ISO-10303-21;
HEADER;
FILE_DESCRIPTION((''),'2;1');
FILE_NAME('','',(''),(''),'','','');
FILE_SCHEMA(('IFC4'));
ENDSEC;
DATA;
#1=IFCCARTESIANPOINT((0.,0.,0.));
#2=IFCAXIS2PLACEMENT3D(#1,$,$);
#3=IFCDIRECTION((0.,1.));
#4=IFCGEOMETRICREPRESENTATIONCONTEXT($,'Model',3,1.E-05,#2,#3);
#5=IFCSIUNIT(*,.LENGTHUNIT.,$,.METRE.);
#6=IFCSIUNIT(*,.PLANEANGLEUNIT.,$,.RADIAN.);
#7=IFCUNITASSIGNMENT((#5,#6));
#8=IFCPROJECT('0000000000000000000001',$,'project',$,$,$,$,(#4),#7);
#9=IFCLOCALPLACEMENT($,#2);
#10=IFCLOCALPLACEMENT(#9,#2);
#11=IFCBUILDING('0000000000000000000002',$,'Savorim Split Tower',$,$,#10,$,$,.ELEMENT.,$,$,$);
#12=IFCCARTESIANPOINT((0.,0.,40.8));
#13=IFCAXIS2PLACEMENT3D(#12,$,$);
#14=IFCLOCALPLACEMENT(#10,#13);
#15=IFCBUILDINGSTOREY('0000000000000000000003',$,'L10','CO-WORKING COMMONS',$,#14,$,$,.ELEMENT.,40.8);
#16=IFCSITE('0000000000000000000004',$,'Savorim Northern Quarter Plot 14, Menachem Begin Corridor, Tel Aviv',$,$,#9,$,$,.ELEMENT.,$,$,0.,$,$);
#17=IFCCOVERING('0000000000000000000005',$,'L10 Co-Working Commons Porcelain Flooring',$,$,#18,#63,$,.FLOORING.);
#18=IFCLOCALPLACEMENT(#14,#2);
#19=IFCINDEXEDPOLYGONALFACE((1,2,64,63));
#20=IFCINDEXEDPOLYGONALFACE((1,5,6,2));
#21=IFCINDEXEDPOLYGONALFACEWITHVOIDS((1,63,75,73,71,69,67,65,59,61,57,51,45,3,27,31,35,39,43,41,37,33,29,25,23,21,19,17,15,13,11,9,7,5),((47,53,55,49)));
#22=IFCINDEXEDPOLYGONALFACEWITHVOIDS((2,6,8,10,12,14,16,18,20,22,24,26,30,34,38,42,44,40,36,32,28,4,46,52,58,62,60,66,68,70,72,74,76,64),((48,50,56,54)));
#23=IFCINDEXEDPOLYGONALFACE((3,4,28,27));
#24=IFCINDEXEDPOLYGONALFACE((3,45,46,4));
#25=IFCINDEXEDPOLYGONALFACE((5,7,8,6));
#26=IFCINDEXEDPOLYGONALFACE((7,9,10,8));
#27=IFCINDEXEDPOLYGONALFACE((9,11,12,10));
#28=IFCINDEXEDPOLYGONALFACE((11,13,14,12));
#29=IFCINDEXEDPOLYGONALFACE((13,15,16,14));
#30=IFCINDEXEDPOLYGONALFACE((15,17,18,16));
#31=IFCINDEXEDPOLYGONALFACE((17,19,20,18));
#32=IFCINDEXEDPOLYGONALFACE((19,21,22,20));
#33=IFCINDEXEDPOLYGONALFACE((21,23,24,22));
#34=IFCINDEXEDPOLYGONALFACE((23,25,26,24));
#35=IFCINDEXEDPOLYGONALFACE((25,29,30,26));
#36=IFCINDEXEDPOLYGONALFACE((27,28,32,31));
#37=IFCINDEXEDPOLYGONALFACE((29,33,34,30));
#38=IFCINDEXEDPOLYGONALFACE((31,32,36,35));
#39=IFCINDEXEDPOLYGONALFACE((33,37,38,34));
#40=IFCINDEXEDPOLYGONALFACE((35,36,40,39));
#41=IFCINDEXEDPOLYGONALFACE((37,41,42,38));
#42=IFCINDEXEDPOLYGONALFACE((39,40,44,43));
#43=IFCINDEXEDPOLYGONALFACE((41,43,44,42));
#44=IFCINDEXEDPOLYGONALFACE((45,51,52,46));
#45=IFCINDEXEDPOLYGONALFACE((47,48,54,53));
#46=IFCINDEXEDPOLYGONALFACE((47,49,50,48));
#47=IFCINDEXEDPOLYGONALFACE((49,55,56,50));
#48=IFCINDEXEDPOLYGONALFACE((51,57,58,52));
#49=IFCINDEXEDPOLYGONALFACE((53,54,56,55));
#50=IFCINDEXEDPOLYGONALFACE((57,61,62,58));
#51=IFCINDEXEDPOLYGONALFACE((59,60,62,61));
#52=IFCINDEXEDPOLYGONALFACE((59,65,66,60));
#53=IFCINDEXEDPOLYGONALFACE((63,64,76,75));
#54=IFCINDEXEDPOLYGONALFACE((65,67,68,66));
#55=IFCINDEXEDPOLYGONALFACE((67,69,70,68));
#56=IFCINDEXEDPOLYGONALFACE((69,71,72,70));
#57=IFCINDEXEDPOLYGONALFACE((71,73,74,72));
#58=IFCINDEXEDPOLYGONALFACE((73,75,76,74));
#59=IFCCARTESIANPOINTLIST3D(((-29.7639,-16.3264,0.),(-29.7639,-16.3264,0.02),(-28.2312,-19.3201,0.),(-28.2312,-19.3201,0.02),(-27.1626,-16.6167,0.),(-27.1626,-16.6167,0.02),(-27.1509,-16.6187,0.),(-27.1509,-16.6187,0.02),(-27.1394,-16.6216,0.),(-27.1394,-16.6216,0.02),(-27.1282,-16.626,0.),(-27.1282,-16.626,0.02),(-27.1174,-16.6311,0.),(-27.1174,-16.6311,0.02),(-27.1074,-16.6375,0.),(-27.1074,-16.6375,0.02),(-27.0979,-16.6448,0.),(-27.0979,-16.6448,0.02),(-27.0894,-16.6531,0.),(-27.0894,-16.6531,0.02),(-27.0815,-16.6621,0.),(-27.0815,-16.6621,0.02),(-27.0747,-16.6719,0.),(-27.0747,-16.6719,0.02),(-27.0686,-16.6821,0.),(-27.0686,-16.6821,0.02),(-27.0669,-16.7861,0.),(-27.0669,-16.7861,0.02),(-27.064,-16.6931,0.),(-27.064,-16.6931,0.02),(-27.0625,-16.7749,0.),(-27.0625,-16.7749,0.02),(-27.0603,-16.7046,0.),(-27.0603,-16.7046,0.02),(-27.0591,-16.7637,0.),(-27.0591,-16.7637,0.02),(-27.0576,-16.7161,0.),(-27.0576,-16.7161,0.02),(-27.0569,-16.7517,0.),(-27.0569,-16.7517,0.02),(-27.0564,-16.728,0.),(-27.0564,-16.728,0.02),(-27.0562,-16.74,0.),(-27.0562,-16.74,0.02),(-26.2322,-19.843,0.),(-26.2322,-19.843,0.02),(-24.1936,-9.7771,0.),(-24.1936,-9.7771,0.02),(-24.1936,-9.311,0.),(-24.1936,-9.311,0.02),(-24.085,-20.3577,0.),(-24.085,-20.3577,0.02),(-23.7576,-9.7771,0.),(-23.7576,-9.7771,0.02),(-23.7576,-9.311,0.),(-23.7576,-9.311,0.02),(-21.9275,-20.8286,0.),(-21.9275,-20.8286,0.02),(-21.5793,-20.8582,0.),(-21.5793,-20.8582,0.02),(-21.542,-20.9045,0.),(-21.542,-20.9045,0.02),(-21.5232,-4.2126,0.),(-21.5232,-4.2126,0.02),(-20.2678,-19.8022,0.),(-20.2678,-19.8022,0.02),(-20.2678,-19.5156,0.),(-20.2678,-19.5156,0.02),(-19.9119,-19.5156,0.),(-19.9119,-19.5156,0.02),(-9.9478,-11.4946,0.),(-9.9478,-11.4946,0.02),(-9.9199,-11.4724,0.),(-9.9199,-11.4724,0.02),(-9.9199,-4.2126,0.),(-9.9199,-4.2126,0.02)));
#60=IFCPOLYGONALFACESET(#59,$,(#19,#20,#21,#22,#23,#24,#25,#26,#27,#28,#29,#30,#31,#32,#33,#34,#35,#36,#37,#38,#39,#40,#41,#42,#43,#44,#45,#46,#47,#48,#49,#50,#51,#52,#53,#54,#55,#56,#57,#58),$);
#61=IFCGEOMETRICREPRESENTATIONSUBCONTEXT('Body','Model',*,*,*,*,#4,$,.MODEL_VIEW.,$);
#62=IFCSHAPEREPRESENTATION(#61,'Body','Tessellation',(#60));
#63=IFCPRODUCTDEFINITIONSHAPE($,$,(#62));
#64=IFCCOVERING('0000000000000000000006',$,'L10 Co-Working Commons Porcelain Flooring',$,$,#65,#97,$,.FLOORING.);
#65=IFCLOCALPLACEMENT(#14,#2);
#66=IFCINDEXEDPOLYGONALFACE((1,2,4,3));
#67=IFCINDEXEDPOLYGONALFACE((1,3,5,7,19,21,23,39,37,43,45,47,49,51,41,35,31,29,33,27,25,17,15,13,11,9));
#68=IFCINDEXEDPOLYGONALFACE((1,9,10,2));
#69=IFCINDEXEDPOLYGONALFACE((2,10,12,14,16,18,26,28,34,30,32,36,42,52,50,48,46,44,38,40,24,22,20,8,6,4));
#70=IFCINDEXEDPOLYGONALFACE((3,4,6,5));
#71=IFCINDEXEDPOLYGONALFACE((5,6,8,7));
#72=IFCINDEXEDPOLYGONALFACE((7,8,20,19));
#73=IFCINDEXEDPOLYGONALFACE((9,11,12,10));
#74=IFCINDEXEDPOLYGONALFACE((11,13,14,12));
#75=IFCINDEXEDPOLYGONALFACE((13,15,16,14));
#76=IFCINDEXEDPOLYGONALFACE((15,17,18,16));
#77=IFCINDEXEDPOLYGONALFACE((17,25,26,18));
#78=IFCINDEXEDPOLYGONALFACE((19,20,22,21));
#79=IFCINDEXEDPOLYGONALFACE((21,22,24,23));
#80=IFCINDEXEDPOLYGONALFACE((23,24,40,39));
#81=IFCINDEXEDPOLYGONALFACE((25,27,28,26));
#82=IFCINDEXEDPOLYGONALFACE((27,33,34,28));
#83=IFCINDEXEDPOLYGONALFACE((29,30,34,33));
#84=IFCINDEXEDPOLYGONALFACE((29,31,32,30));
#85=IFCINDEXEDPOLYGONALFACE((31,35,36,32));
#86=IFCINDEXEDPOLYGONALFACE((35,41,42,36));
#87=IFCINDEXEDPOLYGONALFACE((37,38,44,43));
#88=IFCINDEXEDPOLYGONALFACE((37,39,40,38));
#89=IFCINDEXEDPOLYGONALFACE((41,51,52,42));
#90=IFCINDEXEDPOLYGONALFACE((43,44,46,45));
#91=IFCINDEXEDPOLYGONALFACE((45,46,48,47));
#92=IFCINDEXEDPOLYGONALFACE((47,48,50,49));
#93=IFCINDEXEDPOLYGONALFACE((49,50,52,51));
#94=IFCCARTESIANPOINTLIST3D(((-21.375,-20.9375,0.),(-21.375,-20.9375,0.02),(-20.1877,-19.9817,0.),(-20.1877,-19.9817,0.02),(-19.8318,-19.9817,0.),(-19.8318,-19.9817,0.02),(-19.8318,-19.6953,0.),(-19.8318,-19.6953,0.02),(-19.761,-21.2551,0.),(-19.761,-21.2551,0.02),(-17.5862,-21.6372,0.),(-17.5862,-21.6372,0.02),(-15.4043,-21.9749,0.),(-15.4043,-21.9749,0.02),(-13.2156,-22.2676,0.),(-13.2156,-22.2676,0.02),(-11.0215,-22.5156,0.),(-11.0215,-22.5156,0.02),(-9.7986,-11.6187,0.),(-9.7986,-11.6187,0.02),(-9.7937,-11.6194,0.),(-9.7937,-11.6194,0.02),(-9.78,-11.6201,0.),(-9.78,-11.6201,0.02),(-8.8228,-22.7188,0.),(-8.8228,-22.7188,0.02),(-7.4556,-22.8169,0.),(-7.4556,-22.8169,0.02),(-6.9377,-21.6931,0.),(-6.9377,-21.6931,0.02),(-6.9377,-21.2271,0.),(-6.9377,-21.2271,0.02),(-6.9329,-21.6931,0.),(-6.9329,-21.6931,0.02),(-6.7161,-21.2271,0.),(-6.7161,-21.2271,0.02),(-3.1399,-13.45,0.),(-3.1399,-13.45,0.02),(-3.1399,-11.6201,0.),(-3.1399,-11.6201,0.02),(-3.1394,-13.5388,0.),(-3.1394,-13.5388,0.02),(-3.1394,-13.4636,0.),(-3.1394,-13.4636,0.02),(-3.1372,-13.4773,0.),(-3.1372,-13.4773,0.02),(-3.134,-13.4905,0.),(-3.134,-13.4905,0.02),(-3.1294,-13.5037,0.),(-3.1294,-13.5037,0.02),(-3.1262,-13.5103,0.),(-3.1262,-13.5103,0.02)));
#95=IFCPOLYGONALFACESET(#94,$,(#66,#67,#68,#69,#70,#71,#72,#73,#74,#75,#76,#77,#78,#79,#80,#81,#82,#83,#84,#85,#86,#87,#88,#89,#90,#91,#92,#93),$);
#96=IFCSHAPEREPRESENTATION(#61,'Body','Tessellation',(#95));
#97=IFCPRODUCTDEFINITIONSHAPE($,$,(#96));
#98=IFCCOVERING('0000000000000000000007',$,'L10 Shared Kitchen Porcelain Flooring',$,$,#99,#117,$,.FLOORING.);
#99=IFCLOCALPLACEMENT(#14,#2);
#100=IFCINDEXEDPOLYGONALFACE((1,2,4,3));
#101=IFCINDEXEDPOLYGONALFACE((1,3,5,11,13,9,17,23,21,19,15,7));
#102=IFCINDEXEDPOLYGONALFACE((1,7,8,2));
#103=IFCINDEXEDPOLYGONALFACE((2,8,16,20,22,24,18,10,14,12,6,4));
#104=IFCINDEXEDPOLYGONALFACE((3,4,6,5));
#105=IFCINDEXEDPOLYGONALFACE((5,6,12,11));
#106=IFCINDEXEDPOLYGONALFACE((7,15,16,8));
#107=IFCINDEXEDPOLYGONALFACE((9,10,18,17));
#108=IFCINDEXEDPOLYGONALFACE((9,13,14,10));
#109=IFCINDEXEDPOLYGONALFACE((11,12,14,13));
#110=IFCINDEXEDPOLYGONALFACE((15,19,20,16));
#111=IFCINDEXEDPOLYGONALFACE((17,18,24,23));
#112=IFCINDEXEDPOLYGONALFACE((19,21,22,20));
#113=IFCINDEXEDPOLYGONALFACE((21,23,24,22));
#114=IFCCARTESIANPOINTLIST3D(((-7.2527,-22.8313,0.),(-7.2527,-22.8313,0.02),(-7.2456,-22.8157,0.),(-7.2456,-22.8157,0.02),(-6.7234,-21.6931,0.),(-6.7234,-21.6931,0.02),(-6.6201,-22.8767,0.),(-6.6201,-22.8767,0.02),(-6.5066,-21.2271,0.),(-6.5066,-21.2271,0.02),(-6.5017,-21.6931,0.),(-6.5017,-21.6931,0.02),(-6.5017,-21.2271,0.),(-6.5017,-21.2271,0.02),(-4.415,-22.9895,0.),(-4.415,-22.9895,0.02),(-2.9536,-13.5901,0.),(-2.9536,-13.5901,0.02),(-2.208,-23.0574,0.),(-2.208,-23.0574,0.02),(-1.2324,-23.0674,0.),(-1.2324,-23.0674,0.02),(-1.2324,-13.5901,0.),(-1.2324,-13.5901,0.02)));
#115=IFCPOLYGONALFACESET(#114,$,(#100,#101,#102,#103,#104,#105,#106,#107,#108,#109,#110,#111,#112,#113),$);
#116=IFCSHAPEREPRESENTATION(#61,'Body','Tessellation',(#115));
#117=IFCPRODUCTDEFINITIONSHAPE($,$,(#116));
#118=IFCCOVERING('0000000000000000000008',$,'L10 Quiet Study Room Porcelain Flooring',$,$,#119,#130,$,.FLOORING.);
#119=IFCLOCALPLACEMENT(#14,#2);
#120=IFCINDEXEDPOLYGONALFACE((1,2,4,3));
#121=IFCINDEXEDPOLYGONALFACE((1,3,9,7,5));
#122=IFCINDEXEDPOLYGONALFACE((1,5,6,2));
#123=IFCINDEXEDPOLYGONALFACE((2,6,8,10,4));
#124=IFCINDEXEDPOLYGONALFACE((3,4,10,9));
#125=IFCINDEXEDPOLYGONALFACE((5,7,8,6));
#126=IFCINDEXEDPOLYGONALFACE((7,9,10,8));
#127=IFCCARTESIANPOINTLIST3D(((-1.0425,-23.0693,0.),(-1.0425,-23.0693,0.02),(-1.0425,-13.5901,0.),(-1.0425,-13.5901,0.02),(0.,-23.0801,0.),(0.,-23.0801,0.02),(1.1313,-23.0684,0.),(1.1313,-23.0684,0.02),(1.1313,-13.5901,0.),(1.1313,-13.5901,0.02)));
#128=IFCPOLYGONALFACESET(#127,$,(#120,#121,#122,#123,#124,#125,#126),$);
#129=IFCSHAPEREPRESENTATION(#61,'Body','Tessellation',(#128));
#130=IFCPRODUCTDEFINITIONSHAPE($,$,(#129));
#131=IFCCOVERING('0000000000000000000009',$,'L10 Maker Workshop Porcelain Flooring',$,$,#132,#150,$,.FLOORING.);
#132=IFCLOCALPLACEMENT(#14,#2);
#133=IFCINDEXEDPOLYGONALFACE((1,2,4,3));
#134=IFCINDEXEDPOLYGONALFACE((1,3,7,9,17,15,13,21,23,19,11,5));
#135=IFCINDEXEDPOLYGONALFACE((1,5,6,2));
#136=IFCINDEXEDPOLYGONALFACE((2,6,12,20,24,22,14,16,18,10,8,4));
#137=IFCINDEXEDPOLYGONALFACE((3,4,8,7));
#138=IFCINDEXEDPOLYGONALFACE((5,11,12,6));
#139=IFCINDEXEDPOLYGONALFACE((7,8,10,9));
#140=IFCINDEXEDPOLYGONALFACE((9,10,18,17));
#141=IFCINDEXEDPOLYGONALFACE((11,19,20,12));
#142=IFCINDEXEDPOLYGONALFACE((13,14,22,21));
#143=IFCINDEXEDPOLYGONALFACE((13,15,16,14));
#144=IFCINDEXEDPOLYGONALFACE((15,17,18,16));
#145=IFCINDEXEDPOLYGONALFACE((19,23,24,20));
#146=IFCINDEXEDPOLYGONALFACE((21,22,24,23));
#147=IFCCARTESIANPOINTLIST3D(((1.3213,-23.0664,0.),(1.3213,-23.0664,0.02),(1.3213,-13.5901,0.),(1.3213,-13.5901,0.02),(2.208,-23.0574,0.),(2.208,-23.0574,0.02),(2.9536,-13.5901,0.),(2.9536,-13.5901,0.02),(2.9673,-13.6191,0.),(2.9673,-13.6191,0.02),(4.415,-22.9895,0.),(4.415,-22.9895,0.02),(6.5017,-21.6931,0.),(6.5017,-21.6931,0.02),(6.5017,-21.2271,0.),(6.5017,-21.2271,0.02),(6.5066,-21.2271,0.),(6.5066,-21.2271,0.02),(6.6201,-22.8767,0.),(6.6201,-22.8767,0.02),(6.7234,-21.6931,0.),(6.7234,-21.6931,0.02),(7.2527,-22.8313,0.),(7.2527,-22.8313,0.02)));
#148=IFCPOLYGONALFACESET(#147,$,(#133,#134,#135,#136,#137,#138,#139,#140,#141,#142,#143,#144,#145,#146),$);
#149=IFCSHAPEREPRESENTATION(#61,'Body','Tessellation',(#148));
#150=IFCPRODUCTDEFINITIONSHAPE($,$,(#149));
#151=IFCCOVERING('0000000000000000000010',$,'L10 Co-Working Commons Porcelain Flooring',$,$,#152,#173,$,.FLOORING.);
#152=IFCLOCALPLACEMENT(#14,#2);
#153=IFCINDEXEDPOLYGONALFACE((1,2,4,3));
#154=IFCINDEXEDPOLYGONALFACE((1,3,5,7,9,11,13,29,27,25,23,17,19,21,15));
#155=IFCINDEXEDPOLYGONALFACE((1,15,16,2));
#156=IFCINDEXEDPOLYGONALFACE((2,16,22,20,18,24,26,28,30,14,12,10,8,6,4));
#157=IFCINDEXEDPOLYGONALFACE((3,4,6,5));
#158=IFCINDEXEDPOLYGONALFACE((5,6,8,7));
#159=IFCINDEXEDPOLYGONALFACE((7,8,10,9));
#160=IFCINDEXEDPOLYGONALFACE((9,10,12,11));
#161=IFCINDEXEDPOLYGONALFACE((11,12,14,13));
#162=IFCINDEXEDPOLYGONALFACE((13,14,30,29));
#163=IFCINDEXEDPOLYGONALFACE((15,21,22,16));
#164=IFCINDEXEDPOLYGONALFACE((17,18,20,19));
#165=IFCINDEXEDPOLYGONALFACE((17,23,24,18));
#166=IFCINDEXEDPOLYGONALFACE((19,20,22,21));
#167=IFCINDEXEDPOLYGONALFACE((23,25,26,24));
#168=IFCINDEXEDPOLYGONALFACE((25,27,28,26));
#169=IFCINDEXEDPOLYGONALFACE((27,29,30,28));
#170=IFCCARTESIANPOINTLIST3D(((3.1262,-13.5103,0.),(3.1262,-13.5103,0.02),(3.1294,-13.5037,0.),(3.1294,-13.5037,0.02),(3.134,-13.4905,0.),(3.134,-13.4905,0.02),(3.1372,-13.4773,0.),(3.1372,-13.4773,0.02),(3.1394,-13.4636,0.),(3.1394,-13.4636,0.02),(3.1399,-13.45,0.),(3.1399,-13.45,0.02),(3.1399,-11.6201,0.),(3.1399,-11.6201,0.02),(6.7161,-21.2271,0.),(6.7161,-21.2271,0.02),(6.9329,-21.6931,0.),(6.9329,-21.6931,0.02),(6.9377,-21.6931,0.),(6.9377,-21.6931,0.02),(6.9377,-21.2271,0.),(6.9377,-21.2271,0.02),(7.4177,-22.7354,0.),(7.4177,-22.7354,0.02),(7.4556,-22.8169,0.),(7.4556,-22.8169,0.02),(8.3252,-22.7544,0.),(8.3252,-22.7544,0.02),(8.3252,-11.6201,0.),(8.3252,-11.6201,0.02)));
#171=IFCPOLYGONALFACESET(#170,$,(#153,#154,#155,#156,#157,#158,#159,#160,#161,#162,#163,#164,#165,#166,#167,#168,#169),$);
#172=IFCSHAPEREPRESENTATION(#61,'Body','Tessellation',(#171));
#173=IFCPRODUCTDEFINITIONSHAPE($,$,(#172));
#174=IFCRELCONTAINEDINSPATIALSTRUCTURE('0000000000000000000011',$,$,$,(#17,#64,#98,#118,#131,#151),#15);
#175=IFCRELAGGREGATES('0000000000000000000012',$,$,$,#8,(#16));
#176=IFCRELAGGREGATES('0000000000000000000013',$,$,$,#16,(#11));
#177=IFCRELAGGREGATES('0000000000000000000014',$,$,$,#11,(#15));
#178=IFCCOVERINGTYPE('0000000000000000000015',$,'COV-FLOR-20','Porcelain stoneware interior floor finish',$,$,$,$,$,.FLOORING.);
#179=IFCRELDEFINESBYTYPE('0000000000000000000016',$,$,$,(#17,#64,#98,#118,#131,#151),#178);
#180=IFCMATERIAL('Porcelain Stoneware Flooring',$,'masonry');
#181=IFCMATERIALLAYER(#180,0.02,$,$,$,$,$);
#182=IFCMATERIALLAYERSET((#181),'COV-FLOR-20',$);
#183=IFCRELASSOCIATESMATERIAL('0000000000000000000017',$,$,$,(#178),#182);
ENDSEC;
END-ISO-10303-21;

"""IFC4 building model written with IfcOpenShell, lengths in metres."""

from ifc_helpers import new_model, si_unit, direction, frame, origin, place, context, subcontext, project, spatial, polyline, outline, extrude, material, layer, layer_set, type_object, element, save


model = new_model("IFC4")

# Units and contexts
model_context = context("Model", 3, precision=1e-05, world=origin(), true_north=direction((0.0, 1.0)))
body_context = subcontext(model_context, "Body", "Model", "MODEL_VIEW")
ifc_project = project(units=[si_unit("LENGTHUNIT", "METRE"), si_unit("PLANEANGLEUNIT", "RADIAN")], contexts=[model_context])

# Site, building, storey
site_placement = place(None, origin())
site = spatial("IfcSite", under=ifc_project, at=site_placement, Name="Savorim Northern Quarter Plot 14, Menachem Begin Corridor, Tel Aviv", CompositionType="ELEMENT", RefElevation=0.0)
building_placement = place(site_placement, origin())
building = spatial("IfcBuilding", under=site, at=building_placement, Name="Savorim Split Tower", CompositionType="ELEMENT")
storey_placement = place(building_placement, frame((0.0, 0.0, 40.8)))
storey = spatial("IfcBuildingStorey", under=building, at=storey_placement, Name="L10", Description="CO-WORKING COMMONS", CompositionType="ELEMENT", Elevation=40.8)

# Coverings
ifc_material_1 = material(Name="Porcelain Stoneware Flooring", Category="masonry")
ifc_layer_1 = layer(ifc_material_1, 0.02)
ifc_layer_set_1 = layer_set([ifc_layer_1], Name="COV-FLOR-20")
covering_type_1 = type_object("IfcCoveringType", Name="COV-FLOR-20", Description="Porcelain stoneware interior floor finish", PredefinedType="FLOORING", material=ifc_layer_set_1)
covering_1_placement = place(storey_placement, origin())
element("IfcCovering", 1, at=covering_1_placement, inside=storey, type_object=covering_type_1, Name="L10 Co-Working Commons Porcelain Flooring", PredefinedType="FLOORING", context=body_context, shape_type="SweptSolid", body=[
    extrude(outline(polyline([(-27.0562, -16.74), (-27.0569, -16.7517), (-27.0591, -16.7637), (-27.0625, -16.7749), (-27.0669, -16.7861), (-28.2312, -19.3201), (-26.2322, -19.843), (-24.085, -20.3577), (-21.9275, -20.8286), (-21.542, -20.9045), (-21.5793, -20.8582), (-20.2678, -19.8022), (-20.2678, -19.5156), (-19.9119, -19.5156), (-9.9478, -11.4946), (-9.9199, -11.4724), (-9.9199, -4.2126), (-21.5232, -4.2126), (-29.7639, -16.3264), (-27.1626, -16.6167), (-27.1509, -16.6187), (-27.1394, -16.6216), (-27.1282, -16.626), (-27.1174, -16.6311), (-27.1074, -16.6375), (-27.0979, -16.6448), (-27.0894, -16.6531), (-27.0815, -16.6621), (-27.0747, -16.6719), (-27.0686, -16.6821), (-27.064, -16.6931), (-27.0603, -16.7046), (-27.0576, -16.7161), (-27.0564, -16.728), (-27.0562, -16.74)]), holes=[polyline([(-24.1936, -9.7771), (-23.7576, -9.7771), (-23.7576, -9.311), (-24.1936, -9.311), (-24.1936, -9.7771)])]), origin(), (0.0, 0.0, 1.0), 0.02),
])
covering_2_placement = place(storey_placement, origin())
element("IfcCovering", 2, at=covering_2_placement, inside=storey, type_object=covering_type_1, Name="L10 Co-Working Commons Porcelain Flooring", PredefinedType="FLOORING", context=body_context, shape_type="SweptSolid", body=[
    extrude(outline(polyline([(-15.4043, -21.9749), (-13.2156, -22.2676), (-11.0215, -22.5156), (-8.8228, -22.7188), (-7.4556, -22.8169), (-6.9329, -21.6931), (-6.9377, -21.6931), (-6.9377, -21.2271), (-6.7161, -21.2271), (-3.1394, -13.5388), (-3.1262, -13.5103), (-3.1294, -13.5037), (-3.134, -13.4905), (-3.1372, -13.4773), (-3.1394, -13.4636), (-3.1399, -13.45), (-3.1399, -11.6201), (-9.78, -11.6201), (-9.7937, -11.6194), (-9.7986, -11.6187), (-19.8318, -19.6953), (-19.8318, -19.9817), (-20.1877, -19.9817), (-21.375, -20.9375), (-19.761, -21.2551), (-17.5862, -21.6372), (-15.4043, -21.9749)])), origin(), (0.0, 0.0, 1.0), 0.02),
])
covering_3_placement = place(storey_placement, origin())
element("IfcCovering", 3, at=covering_3_placement, inside=storey, type_object=covering_type_1, Name="L10 Shared Kitchen Porcelain Flooring", PredefinedType="FLOORING", context=body_context, shape_type="SweptSolid", body=[
    extrude(outline(polyline([(-6.6201, -22.8767), (-4.415, -22.9895), (-2.208, -23.0574), (-1.2324, -23.0674), (-1.2324, -13.5901), (-2.9536, -13.5901), (-6.5066, -21.2271), (-6.5017, -21.2271), (-6.5017, -21.6931), (-6.7234, -21.6931), (-7.2456, -22.8157), (-7.2527, -22.8313), (-6.6201, -22.8767)])), origin(), (0.0, 0.0, 1.0), 0.02),
])
covering_4_placement = place(storey_placement, origin())
element("IfcCovering", 4, at=covering_4_placement, inside=storey, type_object=covering_type_1, Name="L10 Quiet Study Room Porcelain Flooring", PredefinedType="FLOORING", context=body_context, shape_type="SweptSolid", body=[
    extrude(outline(polyline([(-1.0425, -13.5901), (-1.0425, -23.0693), (0.0, -23.0801), (1.1313, -23.0684), (1.1313, -13.5901), (-1.0425, -13.5901)])), origin(), (0.0, 0.0, 1.0), 0.02),
])
covering_5_placement = place(storey_placement, origin())
element("IfcCovering", 5, at=covering_5_placement, inside=storey, type_object=covering_type_1, Name="L10 Maker Workshop Porcelain Flooring", PredefinedType="FLOORING", context=body_context, shape_type="SweptSolid", body=[
    extrude(outline(polyline([(1.3213, -23.0664), (2.208, -23.0574), (4.415, -22.9895), (6.6201, -22.8767), (7.2527, -22.8313), (6.7234, -21.6931), (6.5017, -21.6931), (6.5017, -21.2271), (6.5066, -21.2271), (2.9673, -13.6191), (2.9536, -13.5901), (1.3213, -13.5901), (1.3213, -23.0664)])), origin(), (0.0, 0.0, 1.0), 0.02),
])
covering_6_placement = place(storey_placement, origin())
element("IfcCovering", 6, at=covering_6_placement, inside=storey, type_object=covering_type_1, Name="L10 Co-Working Commons Porcelain Flooring", PredefinedType="FLOORING", context=body_context, shape_type="SweptSolid", body=[
    extrude(outline(polyline([(6.9329, -21.6931), (7.4177, -22.7354), (7.4556, -22.8169), (8.3252, -22.7544), (8.3252, -11.6201), (3.1399, -11.6201), (3.1399, -13.45), (3.1394, -13.4636), (3.1372, -13.4773), (3.134, -13.4905), (3.1294, -13.5037), (3.1262, -13.5103), (6.7161, -21.2271), (6.9377, -21.2271), (6.9377, -21.6931), (6.9329, -21.6931)])), origin(), (0.0, 0.0, 1.0), 0.02),
])

save(model, "model.ifc")
